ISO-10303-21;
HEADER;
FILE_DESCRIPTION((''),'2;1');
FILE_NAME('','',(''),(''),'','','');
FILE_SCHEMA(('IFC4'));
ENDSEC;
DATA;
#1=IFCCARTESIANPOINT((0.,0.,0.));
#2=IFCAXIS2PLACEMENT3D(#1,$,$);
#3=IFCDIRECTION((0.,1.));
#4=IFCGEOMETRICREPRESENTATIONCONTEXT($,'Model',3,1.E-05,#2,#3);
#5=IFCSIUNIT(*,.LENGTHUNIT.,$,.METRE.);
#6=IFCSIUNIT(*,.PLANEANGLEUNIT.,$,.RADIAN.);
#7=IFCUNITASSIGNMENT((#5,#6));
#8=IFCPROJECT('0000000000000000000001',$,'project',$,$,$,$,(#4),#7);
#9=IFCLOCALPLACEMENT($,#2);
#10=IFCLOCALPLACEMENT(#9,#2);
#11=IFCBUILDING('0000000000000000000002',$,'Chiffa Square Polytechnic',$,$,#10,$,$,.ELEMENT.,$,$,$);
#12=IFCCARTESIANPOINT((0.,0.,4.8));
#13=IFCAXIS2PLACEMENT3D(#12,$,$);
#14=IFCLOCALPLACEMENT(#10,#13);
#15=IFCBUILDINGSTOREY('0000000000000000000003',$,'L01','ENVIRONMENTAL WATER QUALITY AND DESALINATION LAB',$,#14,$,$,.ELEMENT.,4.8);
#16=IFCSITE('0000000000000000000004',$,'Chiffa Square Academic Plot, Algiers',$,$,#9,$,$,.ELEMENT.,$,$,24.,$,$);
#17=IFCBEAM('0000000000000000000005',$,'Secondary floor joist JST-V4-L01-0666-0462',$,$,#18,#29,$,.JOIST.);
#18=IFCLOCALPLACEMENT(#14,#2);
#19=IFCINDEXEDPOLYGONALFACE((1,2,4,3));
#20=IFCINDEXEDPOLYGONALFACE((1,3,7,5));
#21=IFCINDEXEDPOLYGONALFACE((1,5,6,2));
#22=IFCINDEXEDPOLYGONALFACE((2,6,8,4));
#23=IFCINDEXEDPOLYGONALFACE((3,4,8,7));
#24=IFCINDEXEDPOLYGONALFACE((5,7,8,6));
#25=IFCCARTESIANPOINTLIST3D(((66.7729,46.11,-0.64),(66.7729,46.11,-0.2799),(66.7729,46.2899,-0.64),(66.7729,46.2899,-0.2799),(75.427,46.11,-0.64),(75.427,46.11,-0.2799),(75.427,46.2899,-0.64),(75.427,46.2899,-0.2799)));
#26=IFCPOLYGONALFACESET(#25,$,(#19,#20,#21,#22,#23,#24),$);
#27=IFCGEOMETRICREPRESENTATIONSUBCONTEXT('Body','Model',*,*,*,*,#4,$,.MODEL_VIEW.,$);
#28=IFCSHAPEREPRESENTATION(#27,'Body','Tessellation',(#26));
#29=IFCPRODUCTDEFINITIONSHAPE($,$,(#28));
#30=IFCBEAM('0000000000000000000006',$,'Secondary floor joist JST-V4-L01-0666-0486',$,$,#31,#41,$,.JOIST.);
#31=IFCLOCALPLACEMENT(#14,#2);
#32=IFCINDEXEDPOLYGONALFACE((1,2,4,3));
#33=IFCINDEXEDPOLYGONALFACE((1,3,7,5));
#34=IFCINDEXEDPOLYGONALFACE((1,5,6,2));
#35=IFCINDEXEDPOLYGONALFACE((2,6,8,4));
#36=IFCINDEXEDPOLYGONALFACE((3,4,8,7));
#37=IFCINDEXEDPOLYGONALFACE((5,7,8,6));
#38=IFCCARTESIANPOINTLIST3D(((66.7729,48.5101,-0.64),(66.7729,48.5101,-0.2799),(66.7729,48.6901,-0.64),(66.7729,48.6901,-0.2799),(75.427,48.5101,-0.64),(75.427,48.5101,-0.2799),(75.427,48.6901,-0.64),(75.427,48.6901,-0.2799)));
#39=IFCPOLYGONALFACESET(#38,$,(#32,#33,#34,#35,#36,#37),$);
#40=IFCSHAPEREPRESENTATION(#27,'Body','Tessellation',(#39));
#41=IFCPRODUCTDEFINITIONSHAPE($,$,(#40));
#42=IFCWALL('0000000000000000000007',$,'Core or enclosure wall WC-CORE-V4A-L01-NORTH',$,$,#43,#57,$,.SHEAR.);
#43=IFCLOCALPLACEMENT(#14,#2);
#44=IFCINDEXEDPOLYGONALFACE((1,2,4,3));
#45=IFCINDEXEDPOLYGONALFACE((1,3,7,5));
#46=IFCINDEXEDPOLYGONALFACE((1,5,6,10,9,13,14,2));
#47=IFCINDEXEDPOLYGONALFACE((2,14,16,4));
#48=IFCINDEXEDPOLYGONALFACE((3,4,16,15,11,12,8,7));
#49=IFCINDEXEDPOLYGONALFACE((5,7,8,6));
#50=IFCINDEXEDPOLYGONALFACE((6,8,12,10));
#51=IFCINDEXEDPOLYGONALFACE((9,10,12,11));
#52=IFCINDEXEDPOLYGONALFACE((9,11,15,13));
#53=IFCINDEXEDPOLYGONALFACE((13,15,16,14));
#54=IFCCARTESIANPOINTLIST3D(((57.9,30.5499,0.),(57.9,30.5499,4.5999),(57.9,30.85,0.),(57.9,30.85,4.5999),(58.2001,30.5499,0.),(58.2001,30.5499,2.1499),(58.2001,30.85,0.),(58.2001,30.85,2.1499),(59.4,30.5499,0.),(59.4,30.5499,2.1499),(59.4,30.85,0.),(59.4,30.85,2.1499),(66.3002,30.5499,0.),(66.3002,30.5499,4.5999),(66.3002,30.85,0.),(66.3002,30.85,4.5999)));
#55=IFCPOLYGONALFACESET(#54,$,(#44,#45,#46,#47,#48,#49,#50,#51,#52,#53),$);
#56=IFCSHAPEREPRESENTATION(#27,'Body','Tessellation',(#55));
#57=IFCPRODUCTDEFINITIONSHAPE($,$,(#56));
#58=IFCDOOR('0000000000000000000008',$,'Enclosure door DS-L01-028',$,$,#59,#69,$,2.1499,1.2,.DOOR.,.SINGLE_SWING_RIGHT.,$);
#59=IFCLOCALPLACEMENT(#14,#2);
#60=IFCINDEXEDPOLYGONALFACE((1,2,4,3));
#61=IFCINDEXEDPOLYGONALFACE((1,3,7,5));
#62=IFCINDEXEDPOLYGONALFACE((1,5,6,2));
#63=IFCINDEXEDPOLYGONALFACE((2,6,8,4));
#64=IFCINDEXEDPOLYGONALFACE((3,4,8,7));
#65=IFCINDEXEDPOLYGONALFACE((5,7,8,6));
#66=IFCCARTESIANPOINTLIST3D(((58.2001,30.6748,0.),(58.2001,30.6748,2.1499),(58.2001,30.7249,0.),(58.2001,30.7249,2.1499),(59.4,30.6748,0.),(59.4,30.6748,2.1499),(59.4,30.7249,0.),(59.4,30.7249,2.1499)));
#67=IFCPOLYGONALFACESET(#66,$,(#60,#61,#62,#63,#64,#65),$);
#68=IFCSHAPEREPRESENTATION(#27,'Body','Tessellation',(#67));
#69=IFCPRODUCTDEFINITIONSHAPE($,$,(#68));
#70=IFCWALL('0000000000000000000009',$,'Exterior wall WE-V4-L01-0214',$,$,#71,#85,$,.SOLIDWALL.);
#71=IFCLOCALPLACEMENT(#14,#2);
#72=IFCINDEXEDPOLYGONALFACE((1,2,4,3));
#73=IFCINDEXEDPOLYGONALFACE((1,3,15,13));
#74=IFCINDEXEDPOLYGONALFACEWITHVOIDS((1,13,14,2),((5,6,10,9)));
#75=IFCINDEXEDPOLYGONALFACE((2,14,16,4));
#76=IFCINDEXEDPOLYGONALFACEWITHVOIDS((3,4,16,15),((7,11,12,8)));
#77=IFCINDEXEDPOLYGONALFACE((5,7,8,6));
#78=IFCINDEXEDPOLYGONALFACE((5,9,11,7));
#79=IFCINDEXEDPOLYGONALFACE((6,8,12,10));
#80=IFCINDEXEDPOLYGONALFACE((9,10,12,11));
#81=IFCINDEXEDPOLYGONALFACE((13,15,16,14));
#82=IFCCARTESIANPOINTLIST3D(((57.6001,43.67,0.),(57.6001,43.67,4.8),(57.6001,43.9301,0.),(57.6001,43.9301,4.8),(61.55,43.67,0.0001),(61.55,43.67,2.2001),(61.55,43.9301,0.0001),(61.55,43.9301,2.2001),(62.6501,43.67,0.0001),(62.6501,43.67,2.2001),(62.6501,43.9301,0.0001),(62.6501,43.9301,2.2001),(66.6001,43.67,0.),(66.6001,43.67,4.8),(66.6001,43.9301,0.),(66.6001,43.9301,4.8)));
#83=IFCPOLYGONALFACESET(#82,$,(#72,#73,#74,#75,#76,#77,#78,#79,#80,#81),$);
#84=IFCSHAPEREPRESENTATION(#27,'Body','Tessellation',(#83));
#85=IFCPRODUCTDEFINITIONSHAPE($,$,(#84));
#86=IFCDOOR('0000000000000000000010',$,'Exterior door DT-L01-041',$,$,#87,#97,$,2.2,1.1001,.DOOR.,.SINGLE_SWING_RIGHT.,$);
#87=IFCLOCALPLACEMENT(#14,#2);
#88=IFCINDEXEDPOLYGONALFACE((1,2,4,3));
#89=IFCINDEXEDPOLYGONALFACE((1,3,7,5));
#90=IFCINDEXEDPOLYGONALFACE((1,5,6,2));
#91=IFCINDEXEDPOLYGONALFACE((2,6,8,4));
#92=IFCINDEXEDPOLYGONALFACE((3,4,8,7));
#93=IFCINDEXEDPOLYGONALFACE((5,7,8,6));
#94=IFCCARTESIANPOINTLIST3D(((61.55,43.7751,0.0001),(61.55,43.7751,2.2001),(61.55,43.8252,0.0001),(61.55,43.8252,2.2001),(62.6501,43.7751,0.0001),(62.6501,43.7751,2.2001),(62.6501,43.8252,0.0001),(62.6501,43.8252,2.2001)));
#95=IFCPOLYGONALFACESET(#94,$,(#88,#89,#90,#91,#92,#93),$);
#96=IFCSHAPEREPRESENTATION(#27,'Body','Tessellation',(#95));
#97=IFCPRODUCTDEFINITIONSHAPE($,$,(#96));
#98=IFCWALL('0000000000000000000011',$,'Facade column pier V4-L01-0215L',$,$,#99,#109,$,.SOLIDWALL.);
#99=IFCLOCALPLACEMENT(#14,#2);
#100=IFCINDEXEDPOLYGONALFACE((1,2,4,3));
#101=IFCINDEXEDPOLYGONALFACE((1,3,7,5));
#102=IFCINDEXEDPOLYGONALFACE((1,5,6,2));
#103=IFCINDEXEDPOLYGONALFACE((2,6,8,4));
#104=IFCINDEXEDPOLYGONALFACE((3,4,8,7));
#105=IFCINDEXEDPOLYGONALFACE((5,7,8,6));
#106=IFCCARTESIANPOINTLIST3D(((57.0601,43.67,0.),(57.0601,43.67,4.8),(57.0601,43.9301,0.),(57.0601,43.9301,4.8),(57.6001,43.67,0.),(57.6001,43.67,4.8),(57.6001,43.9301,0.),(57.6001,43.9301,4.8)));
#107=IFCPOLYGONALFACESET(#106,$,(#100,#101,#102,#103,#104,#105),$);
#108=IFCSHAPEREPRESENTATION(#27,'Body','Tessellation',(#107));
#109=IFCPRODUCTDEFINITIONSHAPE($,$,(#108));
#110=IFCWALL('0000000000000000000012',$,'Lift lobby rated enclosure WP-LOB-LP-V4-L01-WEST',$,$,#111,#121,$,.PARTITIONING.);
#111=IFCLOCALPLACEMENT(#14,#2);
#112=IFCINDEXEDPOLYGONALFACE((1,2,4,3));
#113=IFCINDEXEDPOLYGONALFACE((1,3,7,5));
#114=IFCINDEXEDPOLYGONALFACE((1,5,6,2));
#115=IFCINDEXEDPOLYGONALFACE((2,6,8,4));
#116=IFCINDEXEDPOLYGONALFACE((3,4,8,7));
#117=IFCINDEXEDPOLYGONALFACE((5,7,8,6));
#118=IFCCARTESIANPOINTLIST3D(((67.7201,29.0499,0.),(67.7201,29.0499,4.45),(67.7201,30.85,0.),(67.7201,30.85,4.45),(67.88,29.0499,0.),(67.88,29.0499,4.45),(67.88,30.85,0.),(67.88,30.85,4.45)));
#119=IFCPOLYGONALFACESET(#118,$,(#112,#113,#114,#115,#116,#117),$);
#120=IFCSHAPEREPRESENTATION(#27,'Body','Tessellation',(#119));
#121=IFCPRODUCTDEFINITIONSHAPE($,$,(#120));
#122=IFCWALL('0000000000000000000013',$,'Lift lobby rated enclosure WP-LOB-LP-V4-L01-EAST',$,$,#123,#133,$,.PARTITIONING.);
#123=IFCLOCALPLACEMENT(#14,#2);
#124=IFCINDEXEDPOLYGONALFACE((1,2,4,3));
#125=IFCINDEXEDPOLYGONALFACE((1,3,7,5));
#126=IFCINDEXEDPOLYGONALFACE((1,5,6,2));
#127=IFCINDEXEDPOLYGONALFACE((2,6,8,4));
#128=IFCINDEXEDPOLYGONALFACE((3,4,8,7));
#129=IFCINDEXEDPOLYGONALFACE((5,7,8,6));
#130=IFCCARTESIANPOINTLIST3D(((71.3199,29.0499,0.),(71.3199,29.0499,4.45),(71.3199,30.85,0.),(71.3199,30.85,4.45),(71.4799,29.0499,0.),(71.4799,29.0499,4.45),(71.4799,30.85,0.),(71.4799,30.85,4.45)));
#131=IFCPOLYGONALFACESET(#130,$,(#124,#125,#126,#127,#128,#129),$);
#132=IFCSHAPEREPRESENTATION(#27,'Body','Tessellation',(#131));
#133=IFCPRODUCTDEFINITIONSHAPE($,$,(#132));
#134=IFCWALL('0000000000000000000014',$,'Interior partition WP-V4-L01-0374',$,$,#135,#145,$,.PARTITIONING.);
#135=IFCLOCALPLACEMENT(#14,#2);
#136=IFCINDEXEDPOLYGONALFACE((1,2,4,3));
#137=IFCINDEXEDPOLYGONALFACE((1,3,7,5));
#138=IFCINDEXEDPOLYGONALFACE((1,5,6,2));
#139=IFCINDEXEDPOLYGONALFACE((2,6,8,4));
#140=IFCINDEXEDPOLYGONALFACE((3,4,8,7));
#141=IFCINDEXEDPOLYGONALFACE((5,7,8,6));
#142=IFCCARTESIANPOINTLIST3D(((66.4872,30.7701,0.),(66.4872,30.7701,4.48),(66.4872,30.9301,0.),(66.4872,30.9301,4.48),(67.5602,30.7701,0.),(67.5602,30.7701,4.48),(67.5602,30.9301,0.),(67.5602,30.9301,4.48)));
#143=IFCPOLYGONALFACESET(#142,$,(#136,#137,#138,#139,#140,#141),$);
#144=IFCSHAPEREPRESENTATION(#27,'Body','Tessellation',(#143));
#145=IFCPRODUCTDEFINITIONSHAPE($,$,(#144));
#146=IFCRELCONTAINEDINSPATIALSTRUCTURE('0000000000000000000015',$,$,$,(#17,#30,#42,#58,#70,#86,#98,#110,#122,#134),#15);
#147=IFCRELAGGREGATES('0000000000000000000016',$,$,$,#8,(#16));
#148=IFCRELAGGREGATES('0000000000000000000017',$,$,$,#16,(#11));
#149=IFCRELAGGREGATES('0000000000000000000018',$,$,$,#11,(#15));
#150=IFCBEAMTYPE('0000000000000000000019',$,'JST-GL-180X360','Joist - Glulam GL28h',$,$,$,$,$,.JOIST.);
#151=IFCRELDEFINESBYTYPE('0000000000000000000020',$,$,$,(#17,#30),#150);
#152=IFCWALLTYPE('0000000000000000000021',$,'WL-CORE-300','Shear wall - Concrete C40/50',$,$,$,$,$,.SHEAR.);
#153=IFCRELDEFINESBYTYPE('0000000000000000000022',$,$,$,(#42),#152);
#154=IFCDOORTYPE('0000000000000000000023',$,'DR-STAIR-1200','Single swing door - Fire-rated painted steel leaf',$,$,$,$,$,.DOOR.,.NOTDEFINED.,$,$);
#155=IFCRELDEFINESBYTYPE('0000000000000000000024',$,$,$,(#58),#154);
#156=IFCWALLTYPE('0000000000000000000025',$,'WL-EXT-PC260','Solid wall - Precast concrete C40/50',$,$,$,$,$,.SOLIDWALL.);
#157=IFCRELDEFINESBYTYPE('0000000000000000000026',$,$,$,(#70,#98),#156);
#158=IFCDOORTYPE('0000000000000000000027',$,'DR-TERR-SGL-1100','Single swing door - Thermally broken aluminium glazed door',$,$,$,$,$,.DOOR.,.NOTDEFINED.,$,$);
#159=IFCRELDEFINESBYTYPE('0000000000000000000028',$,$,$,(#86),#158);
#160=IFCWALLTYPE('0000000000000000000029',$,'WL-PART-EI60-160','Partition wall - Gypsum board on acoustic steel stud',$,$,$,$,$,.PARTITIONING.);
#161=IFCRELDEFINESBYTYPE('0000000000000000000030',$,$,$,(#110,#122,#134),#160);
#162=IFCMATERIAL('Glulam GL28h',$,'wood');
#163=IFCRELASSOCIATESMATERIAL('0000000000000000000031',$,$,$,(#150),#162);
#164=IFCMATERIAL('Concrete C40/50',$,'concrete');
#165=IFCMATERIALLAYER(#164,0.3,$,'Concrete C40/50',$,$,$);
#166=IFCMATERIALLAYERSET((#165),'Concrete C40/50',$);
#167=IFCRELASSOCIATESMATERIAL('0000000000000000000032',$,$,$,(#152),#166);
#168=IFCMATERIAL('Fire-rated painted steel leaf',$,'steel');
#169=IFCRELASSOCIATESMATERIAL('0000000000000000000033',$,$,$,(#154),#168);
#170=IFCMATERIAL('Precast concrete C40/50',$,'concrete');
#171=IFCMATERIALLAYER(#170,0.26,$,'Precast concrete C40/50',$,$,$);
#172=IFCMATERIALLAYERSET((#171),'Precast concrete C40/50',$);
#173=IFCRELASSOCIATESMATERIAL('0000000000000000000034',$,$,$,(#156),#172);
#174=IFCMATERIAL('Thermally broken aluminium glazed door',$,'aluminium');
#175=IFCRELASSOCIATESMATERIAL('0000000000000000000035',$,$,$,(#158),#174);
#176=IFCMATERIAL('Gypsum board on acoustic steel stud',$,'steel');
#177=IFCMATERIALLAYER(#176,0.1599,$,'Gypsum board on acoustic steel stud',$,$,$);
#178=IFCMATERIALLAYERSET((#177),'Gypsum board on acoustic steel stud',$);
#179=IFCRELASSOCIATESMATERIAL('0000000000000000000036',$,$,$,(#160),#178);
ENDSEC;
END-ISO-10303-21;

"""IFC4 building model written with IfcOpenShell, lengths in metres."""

from ifc_helpers import new_model, si_unit, direction, frame, frame_2d, origin, origin_2d, place, context, subcontext, project, spatial, rectangle, extrude, material, layer, layer_set, material_profile, profile_set, type_object, element, fill, save


model = new_model("IFC4")

# Units and contexts
model_context = context("Model", 3, precision=1e-05, world=origin(), true_north=direction((0.0, 1.0)))
body_context = subcontext(model_context, "Body", "Model", "MODEL_VIEW")
ifc_project = project(units=[si_unit("LENGTHUNIT", "METRE"), si_unit("PLANEANGLEUNIT", "RADIAN")], contexts=[model_context])

# Site, building, storey
site_placement = place(None, origin())
site = spatial("IfcSite", under=ifc_project, at=site_placement, Name="Chiffa Square Academic Plot, Algiers", CompositionType="ELEMENT", RefElevation=24.0)
building_placement = place(site_placement, origin())
building = spatial("IfcBuilding", under=site, at=building_placement, Name="Chiffa Square Polytechnic", CompositionType="ELEMENT")
storey_placement = place(building_placement, frame((0.0, 0.0, 4.8)))
storey = spatial("IfcBuildingStorey", under=building, at=storey_placement, Name="L01", Description="ENVIRONMENTAL WATER QUALITY AND DESALINATION LAB", CompositionType="ELEMENT", Elevation=4.8)

# Beams
ifc_material_1 = material(Name="Glulam GL28h", Category="wood")
ifc_material_profile_1 = material_profile(ifc_material_1, rectangle(XDim=0.1799, YDim=0.3601, at=origin_2d()), Name="GL28h 180x360")
ifc_profile_set_1 = profile_set([ifc_material_profile_1], Name="Glulam GL28h")
beam_type_1 = type_object("IfcBeamType", Name="JST-GL-180X360", Description="Joist - Glulam GL28h", PredefinedType="JOIST", material=ifc_profile_set_1)
for number, where, z_axis, x_axis, name in (
    (1, (66.7729, 46.2, -0.46), (1.0, 0.0, 0.0), (0.0, 1.0, 0.0), "Secondary floor joist JST-V4-L01-0666-0462"),
    (2, (66.7729, 48.6001, -0.46), (1.0, 0.0, 0.0), (0.0, 1.0, 0.0), "Secondary floor joist JST-V4-L01-0666-0486"),
):
    element("IfcBeam", number, at=place(storey_placement, frame(where, z_axis=z_axis, x_axis=x_axis)), inside=storey, type_object=beam_type_1, Name=name, PredefinedType="JOIST", context=body_context, shape_type="SweptSolid", body=[
        extrude(rectangle(XDim=0.1799, YDim=0.3601, at=origin_2d()), origin(), (0.0, 0.0, 1.0), 8.6541),
    ])

# Walls, openings, doors
ifc_material_2 = material(Name="Concrete C40/50", Category="concrete")
ifc_layer_1 = layer(ifc_material_2, 0.3, Name="Concrete C40/50")
ifc_layer_set_1 = layer_set([ifc_layer_1], Name="Concrete C40/50")
wall_type_1 = type_object("IfcWallType", Name="WL-CORE-300", Description="Shear wall - Concrete C40/50", PredefinedType="SHEAR", material=ifc_layer_set_1)
wall_1_placement = place(storey_placement, frame((57.8999, 30.7, 0.0), z_axis=(0.0, 0.0, 1.0), x_axis=(1.0, 0.0, 0.0)))
wall_1 = element("IfcWall", 3, at=wall_1_placement, inside=storey, type_object=wall_type_1, Name="Core or enclosure wall WC-CORE-V4A-L01-NORTH", PredefinedType="SHEAR", context=body_context, shape_type="SweptSolid", body=[
    extrude(rectangle(XDim=8.4001, YDim=0.3, at=frame_2d((4.2002, 0.0))), origin(), (0.0, 0.0, 1.0), 4.5999),
])
opening_1_placement = place(wall_1_placement, frame((0.3, 0.0, 0.0)))
opening_1 = element("IfcOpeningElement", 4, at=opening_1_placement, cuts=wall_1, PredefinedType="OPENING", context=body_context, shape_type="SweptSolid", body=[
    extrude(rectangle(XDim=1.2, YDim=2.1499, at=frame_2d((0.6001, 1.075))), frame((0.0, 0.1602, 0.0), z_axis=(0.0, -1.0, 0.0), x_axis=(1.0, 0.0, 0.0)), (0.0, 0.0, 1.0), 0.3201),
])
ifc_material_3 = material(Name="Fire-rated painted steel leaf", Category="steel")
door_type_1 = type_object("IfcDoorType", Name="DR-STAIR-1200", Description="Single swing door - Fire-rated painted steel leaf", OperationType="NOTDEFINED", PredefinedType="DOOR", material=ifc_material_3)
door_1_placement = place(opening_1_placement, origin())
door_1 = element("IfcDoor", 5, at=door_1_placement, inside=storey, type_object=door_type_1, Name="Enclosure door DS-L01-028", OperationType="SINGLE_SWING_RIGHT", OverallHeight=2.1499, OverallWidth=1.2, PredefinedType="DOOR", context=body_context, shape_type="SweptSolid", body=[
    extrude(rectangle(XDim=1.2, YDim=2.1499, at=frame_2d((0.6001, 1.075))), frame((0.0, 0.0249, 0.0), z_axis=(0.0, -1.0, 0.0), x_axis=(1.0, 0.0, 0.0)), (0.0, 0.0, 1.0), 0.05),
])
fill(opening_1, door_1)
ifc_material_4 = material(Name="Precast concrete C40/50", Category="concrete")
ifc_layer_2 = layer(ifc_material_4, 0.26, Name="Precast concrete C40/50")
ifc_layer_set_2 = layer_set([ifc_layer_2], Name="Precast concrete C40/50")
wall_type_2 = type_object("IfcWallType", Name="WL-EXT-PC260", Description="Solid wall - Precast concrete C40/50", PredefinedType="SOLIDWALL", material=ifc_layer_set_2)
wall_2_placement = place(storey_placement, frame((66.6001, 43.8, 0.0), z_axis=(0.0, 0.0, 1.0), x_axis=(-1.0, 0.0, 0.0)))
wall_2 = element("IfcWall", 6, at=wall_2_placement, inside=storey, type_object=wall_type_2, Name="Exterior wall WE-V4-L01-0214", PredefinedType="SOLIDWALL", context=body_context, shape_type="SweptSolid", body=[
    extrude(rectangle(XDim=9.0, YDim=0.26, at=frame_2d((4.5, 0.0))), origin(), (0.0, 0.0, 1.0), 4.8),
])
opening_2_placement = place(wall_2_placement, frame((3.95, 0.0, 0.0)))
opening_2 = element("IfcOpeningElement", 7, at=opening_2_placement, cuts=wall_2, PredefinedType="OPENING", context=body_context, shape_type="SweptSolid", body=[
    extrude(rectangle(XDim=1.1001, YDim=2.2, at=frame_2d((0.55, 1.1001))), frame((0.0, 0.1401, 0.0), z_axis=(0.0, -1.0, 0.0), x_axis=(1.0, 0.0, 0.0)), (0.0, 0.0, 1.0), 0.28),
])
ifc_material_5 = material(Name="Thermally broken aluminium glazed door", Category="aluminium")
door_type_2 = type_object("IfcDoorType", Name="DR-TERR-SGL-1100", Description="Single swing door - Thermally broken aluminium glazed door", OperationType="NOTDEFINED", PredefinedType="DOOR", material=ifc_material_5)
door_2_placement = place(opening_2_placement, origin())
door_2 = element("IfcDoor", 8, at=door_2_placement, inside=storey, type_object=door_type_2, Name="Exterior door DT-L01-041", OperationType="SINGLE_SWING_RIGHT", OverallHeight=2.2, OverallWidth=1.1001, PredefinedType="DOOR", context=body_context, shape_type="SweptSolid", body=[
    extrude(rectangle(XDim=1.1001, YDim=2.2, at=frame_2d((0.55, 1.1001))), frame((0.0, 0.0249, 0.0), z_axis=(0.0, -1.0, 0.0), x_axis=(1.0, 0.0, 0.0)), (0.0, 0.0, 1.0), 0.05),
])
fill(opening_2, door_2)

# Wall
wall_3_placement = place(storey_placement, frame((57.6001, 43.8, 0.0), z_axis=(0.0, 0.0, 1.0), x_axis=(-1.0, 0.0, 0.0)))
element("IfcWall", 9, at=wall_3_placement, inside=storey, type_object=wall_type_2, Name="Facade column pier V4-L01-0215L", PredefinedType="SOLIDWALL", context=body_context, shape_type="SweptSolid", body=[
    extrude(rectangle(XDim=0.54, YDim=0.26, at=frame_2d((0.27, 0.0))), origin(), (0.0, 0.0, 1.0), 4.8),
])

# Shared definitions
ifc_material_6 = material(Name="Gypsum board on acoustic steel stud", Category="steel")
ifc_layer_3 = layer(ifc_material_6, 0.1599, Name="Gypsum board on acoustic steel stud")
ifc_layer_set_3 = layer_set([ifc_layer_3], Name="Gypsum board on acoustic steel stud")
wall_type_3 = type_object("IfcWallType", Name="WL-PART-EI60-160", Description="Partition wall - Gypsum board on acoustic steel stud", PredefinedType="PARTITIONING", material=ifc_layer_set_3)

# Walls
for number, where, z_axis, x_axis, name in (
    (10, (67.8, 29.05, 0.0), (0.0, 0.0, 1.0), (0.0, 1.0, 0.0), "Lift lobby rated enclosure WP-LOB-LP-V4-L01-WEST"),
    (11, (71.3999, 29.05, 0.0), (0.0, 0.0, 1.0), (0.0, 1.0, 0.0), "Lift lobby rated enclosure WP-LOB-LP-V4-L01-EAST"),
):
    element("IfcWall", number, at=place(storey_placement, frame(where, z_axis=z_axis, x_axis=x_axis)), inside=storey, type_object=wall_type_3, Name=name, PredefinedType="PARTITIONING", context=body_context, shape_type="SweptSolid", body=[
        extrude(rectangle(XDim=1.8, YDim=0.1599, at=frame_2d((0.8999, 0.0))), origin(), (0.0, 0.0, 1.0), 4.45),
    ])
wall_4_placement = place(storey_placement, frame((66.4871, 30.8501, 0.0), z_axis=(0.0, 0.0, 1.0), x_axis=(1.0, 0.0, 0.0)))
element("IfcWall", 12, at=wall_4_placement, inside=storey, type_object=wall_type_3, Name="Interior partition WP-V4-L01-0374", PredefinedType="PARTITIONING", context=body_context, shape_type="SweptSolid", body=[
    extrude(rectangle(XDim=1.073, YDim=0.1599, at=frame_2d((0.5366, 0.0))), origin(), (0.0, 0.0, 1.0), 4.48),
])

save(model, "model.ifc")
